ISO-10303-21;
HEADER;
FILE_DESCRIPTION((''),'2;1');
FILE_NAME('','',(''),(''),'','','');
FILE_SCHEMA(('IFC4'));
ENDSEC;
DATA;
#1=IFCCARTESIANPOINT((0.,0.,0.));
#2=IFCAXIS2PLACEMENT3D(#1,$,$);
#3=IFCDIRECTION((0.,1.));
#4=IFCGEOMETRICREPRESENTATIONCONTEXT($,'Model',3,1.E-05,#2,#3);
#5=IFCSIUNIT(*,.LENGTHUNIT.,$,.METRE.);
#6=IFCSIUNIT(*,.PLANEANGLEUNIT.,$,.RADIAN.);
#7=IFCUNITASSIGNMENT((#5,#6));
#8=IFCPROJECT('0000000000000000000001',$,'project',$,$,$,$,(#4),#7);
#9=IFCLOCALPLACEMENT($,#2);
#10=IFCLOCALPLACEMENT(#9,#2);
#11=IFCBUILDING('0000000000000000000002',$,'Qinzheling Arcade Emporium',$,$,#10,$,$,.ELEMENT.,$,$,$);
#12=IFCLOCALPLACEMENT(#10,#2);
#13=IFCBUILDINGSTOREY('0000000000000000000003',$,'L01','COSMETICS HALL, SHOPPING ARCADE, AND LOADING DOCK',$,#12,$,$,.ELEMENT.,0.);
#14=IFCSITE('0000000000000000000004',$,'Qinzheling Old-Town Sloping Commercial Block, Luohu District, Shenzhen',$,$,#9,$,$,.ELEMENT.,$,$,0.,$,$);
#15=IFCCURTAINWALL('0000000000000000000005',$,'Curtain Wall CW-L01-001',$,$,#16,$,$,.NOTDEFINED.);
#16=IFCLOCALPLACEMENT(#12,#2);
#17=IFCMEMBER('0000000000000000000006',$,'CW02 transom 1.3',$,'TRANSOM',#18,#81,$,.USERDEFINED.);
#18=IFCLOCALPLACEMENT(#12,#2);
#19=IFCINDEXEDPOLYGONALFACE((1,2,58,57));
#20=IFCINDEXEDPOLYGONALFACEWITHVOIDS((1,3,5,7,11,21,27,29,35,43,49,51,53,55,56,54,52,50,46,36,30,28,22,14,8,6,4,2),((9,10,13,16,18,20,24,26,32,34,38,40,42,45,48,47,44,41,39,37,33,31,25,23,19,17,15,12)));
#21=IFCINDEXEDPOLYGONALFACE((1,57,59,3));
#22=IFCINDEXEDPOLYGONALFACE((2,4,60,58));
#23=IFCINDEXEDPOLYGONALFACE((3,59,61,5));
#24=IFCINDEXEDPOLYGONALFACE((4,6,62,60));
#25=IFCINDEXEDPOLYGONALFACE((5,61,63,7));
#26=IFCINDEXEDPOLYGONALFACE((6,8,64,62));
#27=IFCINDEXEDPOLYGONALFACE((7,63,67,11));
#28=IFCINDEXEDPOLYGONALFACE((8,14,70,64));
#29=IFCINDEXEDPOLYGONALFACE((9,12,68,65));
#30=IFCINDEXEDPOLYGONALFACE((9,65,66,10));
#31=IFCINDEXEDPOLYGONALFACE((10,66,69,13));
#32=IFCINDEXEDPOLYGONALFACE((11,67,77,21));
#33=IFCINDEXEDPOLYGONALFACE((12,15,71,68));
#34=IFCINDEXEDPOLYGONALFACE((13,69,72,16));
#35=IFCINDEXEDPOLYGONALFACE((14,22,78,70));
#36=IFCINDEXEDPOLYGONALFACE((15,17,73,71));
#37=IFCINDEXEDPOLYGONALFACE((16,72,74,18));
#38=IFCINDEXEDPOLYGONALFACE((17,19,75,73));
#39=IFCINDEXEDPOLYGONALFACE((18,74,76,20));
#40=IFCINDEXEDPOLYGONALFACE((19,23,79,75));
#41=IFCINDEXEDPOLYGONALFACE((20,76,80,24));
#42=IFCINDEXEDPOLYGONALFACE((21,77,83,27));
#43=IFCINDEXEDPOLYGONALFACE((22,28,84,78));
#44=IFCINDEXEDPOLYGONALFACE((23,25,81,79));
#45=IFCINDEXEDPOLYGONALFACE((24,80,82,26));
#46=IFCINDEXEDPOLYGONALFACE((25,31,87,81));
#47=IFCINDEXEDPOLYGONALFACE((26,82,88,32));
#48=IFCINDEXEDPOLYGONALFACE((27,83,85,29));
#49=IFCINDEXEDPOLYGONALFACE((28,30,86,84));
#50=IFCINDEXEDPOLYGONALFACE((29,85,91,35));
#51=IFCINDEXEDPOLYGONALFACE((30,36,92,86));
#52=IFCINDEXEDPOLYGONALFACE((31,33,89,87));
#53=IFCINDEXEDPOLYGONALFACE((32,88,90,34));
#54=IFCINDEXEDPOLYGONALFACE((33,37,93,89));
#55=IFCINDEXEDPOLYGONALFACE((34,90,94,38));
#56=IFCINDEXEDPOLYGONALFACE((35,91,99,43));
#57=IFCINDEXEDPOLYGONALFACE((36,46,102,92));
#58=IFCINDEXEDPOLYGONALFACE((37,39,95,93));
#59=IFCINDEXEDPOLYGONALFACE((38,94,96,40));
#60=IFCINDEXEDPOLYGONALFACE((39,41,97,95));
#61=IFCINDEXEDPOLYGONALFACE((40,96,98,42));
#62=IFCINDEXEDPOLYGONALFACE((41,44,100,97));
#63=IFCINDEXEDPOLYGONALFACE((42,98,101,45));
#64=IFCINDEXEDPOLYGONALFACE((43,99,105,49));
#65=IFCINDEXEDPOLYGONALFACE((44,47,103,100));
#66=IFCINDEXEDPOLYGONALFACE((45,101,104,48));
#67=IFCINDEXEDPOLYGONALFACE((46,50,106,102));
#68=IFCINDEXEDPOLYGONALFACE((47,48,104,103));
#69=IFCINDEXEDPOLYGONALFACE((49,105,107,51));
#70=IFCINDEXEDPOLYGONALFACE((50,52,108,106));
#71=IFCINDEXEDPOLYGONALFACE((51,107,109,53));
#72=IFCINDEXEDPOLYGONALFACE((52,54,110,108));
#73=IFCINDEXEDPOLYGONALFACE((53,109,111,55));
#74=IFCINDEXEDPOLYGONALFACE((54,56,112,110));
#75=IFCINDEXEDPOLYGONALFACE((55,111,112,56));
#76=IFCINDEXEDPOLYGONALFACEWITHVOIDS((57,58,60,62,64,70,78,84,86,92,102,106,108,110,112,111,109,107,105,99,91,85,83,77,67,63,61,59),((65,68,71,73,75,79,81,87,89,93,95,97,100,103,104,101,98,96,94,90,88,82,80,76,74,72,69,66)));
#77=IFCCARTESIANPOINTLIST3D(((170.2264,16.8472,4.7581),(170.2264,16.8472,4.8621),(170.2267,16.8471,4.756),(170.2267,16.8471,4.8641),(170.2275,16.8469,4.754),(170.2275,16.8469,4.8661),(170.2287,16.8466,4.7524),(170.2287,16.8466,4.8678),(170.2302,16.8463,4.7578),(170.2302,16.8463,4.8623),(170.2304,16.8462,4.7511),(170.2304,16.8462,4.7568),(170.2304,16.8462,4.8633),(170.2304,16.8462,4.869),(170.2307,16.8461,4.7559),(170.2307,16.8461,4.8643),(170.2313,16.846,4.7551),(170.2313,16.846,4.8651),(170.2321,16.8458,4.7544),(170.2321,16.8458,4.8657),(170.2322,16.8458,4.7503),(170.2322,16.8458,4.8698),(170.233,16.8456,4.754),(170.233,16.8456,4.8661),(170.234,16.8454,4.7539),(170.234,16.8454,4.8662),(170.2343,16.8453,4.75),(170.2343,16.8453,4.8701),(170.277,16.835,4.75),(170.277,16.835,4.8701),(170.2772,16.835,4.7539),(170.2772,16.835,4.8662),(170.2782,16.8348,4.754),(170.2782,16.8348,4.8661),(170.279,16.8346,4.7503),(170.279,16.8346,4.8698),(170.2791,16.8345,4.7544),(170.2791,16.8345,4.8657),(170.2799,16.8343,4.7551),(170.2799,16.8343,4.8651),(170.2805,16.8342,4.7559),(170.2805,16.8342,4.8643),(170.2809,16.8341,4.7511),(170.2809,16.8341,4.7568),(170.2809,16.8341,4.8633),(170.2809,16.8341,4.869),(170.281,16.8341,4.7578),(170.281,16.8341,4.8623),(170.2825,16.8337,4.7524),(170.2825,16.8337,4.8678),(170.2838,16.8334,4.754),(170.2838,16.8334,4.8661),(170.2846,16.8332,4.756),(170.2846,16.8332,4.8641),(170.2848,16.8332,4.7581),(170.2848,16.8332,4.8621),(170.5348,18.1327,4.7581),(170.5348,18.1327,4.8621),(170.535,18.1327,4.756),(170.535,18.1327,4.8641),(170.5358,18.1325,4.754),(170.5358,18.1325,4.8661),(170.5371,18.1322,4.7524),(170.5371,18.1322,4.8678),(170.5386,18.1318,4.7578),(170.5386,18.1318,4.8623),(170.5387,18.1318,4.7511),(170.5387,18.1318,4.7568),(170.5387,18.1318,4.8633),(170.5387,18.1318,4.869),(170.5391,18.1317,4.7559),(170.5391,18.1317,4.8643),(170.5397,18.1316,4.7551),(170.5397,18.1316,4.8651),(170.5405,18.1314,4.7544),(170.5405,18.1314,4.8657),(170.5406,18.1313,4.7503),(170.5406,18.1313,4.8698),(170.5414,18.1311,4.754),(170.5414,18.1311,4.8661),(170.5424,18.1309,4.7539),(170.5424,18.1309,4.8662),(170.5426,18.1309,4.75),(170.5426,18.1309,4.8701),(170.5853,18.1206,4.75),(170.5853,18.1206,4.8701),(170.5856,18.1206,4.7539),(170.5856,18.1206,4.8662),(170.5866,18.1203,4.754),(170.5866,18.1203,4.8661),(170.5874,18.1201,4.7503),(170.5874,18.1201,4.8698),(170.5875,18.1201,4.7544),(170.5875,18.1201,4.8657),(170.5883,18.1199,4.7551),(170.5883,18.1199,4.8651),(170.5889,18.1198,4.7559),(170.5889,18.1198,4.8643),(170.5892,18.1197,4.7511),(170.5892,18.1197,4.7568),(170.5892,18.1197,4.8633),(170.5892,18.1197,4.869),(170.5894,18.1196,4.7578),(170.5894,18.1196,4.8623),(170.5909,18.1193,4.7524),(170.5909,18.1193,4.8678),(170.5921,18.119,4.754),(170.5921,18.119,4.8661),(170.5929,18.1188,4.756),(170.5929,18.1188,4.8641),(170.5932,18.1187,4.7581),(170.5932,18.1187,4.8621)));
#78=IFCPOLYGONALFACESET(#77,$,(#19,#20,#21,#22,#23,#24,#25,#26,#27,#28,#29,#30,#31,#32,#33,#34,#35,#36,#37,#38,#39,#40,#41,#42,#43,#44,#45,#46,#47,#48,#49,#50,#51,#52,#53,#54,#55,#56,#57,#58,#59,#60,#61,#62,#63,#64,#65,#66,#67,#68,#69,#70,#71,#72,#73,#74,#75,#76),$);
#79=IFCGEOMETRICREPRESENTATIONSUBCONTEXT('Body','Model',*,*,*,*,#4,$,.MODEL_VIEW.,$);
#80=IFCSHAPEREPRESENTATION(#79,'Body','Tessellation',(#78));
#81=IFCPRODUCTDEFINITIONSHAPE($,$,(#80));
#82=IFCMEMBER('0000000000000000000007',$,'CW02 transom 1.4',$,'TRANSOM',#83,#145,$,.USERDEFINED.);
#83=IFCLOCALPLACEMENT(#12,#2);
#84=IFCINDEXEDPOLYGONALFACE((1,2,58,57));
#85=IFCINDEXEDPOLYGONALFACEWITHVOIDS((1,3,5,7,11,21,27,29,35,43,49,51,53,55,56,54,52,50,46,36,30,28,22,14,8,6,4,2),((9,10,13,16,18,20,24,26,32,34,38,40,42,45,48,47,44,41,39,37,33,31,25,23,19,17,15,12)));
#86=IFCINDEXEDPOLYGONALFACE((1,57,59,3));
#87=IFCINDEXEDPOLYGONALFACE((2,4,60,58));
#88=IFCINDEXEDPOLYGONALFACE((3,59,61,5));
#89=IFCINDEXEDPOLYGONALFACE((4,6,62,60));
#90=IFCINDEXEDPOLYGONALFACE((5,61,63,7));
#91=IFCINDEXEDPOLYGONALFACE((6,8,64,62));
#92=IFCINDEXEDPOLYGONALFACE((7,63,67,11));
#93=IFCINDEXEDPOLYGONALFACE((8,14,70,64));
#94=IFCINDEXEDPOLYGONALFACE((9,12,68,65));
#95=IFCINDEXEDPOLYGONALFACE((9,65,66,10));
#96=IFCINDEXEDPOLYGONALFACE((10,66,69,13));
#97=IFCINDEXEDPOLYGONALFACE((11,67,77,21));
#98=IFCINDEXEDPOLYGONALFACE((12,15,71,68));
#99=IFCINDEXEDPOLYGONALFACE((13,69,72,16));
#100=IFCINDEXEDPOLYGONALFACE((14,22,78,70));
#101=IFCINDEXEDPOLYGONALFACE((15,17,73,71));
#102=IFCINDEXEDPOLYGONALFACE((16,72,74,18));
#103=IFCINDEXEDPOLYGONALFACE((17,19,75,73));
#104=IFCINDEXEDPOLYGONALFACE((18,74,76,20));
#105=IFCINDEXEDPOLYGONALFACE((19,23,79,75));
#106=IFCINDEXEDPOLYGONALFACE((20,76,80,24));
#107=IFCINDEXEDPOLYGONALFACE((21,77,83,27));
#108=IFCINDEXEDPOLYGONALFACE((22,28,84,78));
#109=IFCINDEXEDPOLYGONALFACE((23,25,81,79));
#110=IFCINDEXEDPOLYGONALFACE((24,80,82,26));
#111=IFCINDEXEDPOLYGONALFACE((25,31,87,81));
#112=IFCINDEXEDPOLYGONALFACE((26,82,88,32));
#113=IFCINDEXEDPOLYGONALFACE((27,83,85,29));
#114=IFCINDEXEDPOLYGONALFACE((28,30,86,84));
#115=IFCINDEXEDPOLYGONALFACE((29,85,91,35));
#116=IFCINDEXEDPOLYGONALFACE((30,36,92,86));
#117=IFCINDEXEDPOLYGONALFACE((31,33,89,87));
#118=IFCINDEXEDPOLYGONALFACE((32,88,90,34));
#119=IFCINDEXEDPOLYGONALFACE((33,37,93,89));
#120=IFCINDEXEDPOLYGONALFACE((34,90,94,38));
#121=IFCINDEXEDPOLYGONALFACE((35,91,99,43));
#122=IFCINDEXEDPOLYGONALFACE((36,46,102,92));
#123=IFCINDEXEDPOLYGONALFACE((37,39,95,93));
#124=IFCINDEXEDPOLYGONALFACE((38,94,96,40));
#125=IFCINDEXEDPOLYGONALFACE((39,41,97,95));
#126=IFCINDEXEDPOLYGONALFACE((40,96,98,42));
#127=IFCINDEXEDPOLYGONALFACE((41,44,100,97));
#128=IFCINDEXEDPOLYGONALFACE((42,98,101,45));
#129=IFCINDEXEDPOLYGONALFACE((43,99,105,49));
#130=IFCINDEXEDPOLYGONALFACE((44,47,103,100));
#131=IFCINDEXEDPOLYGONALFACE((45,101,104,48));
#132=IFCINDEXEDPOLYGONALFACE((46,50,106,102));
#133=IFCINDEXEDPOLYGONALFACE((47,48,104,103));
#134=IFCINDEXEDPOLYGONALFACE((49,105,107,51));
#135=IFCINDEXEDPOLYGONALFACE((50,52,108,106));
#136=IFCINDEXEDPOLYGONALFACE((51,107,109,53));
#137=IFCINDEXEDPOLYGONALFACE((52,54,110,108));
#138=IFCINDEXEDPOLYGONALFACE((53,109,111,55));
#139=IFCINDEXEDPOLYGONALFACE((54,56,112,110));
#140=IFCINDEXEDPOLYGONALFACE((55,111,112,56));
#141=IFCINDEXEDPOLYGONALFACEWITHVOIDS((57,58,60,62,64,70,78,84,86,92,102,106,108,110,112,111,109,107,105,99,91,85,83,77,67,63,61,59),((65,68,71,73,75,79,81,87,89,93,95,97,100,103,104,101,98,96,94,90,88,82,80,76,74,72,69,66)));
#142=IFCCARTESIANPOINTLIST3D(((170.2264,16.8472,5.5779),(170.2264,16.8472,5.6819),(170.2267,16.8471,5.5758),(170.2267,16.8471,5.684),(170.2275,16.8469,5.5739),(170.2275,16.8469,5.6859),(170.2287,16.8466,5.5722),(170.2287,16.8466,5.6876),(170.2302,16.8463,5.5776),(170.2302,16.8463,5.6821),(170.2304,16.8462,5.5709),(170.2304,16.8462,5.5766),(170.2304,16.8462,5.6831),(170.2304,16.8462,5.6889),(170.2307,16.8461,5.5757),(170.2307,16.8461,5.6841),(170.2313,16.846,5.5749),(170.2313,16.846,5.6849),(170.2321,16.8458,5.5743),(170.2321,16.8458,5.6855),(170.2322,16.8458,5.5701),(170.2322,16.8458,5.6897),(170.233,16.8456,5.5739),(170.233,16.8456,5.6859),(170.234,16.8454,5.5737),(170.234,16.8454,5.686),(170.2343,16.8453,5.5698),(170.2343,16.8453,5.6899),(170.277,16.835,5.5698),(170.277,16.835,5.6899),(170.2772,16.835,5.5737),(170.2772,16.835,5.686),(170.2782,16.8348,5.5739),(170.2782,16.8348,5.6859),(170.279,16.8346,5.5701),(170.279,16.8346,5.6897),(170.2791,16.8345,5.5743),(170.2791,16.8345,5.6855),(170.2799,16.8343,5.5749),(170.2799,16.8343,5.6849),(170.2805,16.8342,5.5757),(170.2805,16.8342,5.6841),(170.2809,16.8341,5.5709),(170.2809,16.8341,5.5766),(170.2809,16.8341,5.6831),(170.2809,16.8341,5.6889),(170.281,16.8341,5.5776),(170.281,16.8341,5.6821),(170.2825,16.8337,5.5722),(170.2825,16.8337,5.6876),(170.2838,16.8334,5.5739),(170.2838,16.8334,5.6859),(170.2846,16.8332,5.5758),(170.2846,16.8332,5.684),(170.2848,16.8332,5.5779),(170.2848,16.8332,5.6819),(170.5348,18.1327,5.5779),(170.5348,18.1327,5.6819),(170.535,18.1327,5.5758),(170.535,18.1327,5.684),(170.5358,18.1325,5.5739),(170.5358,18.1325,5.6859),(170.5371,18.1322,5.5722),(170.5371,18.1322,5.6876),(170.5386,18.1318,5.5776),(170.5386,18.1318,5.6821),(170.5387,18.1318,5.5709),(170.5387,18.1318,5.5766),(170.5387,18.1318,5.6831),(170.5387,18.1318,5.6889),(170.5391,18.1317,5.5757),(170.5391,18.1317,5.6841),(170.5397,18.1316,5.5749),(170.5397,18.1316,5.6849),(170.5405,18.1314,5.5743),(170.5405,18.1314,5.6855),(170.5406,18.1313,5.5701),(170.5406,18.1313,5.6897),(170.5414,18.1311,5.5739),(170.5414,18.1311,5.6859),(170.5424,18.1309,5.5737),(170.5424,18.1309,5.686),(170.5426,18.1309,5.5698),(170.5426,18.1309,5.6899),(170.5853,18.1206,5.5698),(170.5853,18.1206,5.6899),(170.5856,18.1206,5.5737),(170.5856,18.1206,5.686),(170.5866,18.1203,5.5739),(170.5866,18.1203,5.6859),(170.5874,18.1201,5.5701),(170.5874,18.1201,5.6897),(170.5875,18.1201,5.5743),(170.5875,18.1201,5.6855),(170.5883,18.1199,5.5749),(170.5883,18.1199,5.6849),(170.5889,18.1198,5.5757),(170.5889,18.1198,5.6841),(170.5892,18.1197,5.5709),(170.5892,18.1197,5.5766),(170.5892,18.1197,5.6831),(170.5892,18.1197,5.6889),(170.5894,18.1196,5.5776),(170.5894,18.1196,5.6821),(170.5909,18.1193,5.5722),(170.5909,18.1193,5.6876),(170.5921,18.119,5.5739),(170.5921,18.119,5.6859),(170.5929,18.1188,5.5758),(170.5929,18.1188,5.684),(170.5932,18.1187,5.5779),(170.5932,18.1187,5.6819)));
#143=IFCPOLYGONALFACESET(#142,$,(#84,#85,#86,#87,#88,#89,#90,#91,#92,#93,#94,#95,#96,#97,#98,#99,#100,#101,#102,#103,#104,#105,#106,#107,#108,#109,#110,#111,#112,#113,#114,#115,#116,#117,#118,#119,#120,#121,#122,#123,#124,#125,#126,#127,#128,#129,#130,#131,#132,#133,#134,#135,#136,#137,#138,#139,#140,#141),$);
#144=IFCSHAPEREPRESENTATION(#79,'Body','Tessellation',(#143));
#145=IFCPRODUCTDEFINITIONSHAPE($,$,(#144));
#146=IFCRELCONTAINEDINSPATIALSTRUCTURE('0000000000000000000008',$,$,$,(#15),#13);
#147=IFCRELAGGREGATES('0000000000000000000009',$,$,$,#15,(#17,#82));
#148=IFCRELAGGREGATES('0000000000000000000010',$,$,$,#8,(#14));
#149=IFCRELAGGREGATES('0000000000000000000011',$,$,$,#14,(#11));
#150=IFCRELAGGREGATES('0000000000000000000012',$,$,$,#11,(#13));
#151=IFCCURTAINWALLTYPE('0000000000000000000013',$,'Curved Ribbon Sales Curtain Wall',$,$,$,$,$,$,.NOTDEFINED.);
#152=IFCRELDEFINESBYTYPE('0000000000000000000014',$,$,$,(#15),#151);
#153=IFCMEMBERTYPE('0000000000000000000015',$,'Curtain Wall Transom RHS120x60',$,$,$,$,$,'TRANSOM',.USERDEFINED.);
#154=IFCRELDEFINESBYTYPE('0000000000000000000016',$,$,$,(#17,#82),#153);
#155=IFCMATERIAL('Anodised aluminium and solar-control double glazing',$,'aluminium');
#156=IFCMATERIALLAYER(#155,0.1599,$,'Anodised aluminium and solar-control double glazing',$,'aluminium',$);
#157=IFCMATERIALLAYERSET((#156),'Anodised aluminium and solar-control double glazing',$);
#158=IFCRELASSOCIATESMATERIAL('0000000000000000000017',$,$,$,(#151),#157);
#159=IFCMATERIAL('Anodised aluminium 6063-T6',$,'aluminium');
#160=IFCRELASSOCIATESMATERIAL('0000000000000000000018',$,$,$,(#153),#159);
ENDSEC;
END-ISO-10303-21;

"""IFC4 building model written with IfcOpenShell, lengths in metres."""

from ifc_helpers import new_model, si_unit, direction, frame, origin, origin_2d, place, context, subcontext, project, spatial, hollow_rectangle, extrude, material, layer, layer_set, material_profile, profile_set, type_object, element, aggregate, save


model = new_model("IFC4")

# Units and contexts
model_context = context("Model", 3, precision=1e-05, world=origin(), true_north=direction((0.0, 1.0)))
body_context = subcontext(model_context, "Body", "Model", "MODEL_VIEW")
ifc_project = project(units=[si_unit("LENGTHUNIT", "METRE"), si_unit("PLANEANGLEUNIT", "RADIAN")], contexts=[model_context])

# Site, building, storey
site_placement = place(None, origin())
site = spatial("IfcSite", under=ifc_project, at=site_placement, Name="Qinzheling Old-Town Sloping Commercial Block, Luohu District, Shenzhen", CompositionType="ELEMENT", RefElevation=0.0)
building_placement = place(site_placement, origin())
building = spatial("IfcBuilding", under=site, at=building_placement, Name="Qinzheling Arcade Emporium", CompositionType="ELEMENT")
storey_placement = place(building_placement, origin())
storey = spatial("IfcBuildingStorey", under=building, at=storey_placement, Name="L01", Description="COSMETICS HALL, SHOPPING ARCADE, AND LOADING DOCK", CompositionType="ELEMENT", Elevation=0.0)

# Curtain wall
ifc_material_1 = material(Name="Anodised aluminium and solar-control double glazing", Category="aluminium")
ifc_layer_1 = layer(ifc_material_1, 0.1599, Name="Anodised aluminium and solar-control double glazing", Category="aluminium")
ifc_layer_set_1 = layer_set([ifc_layer_1], Name="Anodised aluminium and solar-control double glazing")
curtain_wall_type = type_object("IfcCurtainWallType", Name="Curved Ribbon Sales Curtain Wall", PredefinedType="NOTDEFINED", material=ifc_layer_set_1)
curtain_wall_1_placement = place(storey_placement, origin())
curtain_wall_1 = element("IfcCurtainWall", 1, at=curtain_wall_1_placement, inside=storey, type_object=curtain_wall_type, Name="Curtain Wall CW-L01-001", PredefinedType="NOTDEFINED")
ifc_material_2 = material(Name="Anodised aluminium 6063-T6", Category="aluminium")

# Members
ifc_material_profile_1 = material_profile(ifc_material_2, hollow_rectangle(XDim=0.0601, YDim=0.1201, WallThickness=0.0039, InnerFilletRadius=0.0039, OuterFilletRadius=0.0081, at=origin_2d()), Name="RHS 120x60x4", Category="aluminium")
ifc_profile_set_1 = profile_set([ifc_material_profile_1], Name="Anodised aluminium 6063-T6")
member_type_1 = type_object("IfcMemberType", Name="Curtain Wall Transom RHS120x60", ElementType="TRANSOM", PredefinedType="USERDEFINED", material=ifc_profile_set_1)
member_1_placement = place(storey_placement, frame((170.564, 18.1257, 4.8101), z_axis=(-0.233226, -0.972422, 0.0), x_axis=(0.972422, -0.233226, 0.0)))
member_1 = element("IfcMember", 2, at=member_1_placement, type_object=member_type_1, Name="CW02 transom 1.3", ObjectType="TRANSOM", PredefinedType="USERDEFINED", context=body_context, shape_type="SweptSolid", body=[
    extrude(hollow_rectangle(XDim=0.0601, YDim=0.1201, WallThickness=0.0039, InnerFilletRadius=0.0039, OuterFilletRadius=0.0081, at=origin_2d()), origin(), (0.0, 0.0, 1.0), 1.322),
])
member_2_placement = place(storey_placement, frame((170.564, 18.1257, 5.6299), z_axis=(-0.233226, -0.972422, 0.0), x_axis=(0.972422, -0.233226, 0.0)))
member_2 = element("IfcMember", 3, at=member_2_placement, type_object=member_type_1, Name="CW02 transom 1.4", ObjectType="TRANSOM", PredefinedType="USERDEFINED", context=body_context, shape_type="SweptSolid", body=[
    extrude(hollow_rectangle(XDim=0.0601, YDim=0.1201, WallThickness=0.0039, InnerFilletRadius=0.0039, OuterFilletRadius=0.0081, at=origin_2d()), origin(), (0.0, 0.0, 1.0), 1.322),
])

aggregate(curtain_wall_1, [member_1, member_2])

save(model, "model.ifc")
